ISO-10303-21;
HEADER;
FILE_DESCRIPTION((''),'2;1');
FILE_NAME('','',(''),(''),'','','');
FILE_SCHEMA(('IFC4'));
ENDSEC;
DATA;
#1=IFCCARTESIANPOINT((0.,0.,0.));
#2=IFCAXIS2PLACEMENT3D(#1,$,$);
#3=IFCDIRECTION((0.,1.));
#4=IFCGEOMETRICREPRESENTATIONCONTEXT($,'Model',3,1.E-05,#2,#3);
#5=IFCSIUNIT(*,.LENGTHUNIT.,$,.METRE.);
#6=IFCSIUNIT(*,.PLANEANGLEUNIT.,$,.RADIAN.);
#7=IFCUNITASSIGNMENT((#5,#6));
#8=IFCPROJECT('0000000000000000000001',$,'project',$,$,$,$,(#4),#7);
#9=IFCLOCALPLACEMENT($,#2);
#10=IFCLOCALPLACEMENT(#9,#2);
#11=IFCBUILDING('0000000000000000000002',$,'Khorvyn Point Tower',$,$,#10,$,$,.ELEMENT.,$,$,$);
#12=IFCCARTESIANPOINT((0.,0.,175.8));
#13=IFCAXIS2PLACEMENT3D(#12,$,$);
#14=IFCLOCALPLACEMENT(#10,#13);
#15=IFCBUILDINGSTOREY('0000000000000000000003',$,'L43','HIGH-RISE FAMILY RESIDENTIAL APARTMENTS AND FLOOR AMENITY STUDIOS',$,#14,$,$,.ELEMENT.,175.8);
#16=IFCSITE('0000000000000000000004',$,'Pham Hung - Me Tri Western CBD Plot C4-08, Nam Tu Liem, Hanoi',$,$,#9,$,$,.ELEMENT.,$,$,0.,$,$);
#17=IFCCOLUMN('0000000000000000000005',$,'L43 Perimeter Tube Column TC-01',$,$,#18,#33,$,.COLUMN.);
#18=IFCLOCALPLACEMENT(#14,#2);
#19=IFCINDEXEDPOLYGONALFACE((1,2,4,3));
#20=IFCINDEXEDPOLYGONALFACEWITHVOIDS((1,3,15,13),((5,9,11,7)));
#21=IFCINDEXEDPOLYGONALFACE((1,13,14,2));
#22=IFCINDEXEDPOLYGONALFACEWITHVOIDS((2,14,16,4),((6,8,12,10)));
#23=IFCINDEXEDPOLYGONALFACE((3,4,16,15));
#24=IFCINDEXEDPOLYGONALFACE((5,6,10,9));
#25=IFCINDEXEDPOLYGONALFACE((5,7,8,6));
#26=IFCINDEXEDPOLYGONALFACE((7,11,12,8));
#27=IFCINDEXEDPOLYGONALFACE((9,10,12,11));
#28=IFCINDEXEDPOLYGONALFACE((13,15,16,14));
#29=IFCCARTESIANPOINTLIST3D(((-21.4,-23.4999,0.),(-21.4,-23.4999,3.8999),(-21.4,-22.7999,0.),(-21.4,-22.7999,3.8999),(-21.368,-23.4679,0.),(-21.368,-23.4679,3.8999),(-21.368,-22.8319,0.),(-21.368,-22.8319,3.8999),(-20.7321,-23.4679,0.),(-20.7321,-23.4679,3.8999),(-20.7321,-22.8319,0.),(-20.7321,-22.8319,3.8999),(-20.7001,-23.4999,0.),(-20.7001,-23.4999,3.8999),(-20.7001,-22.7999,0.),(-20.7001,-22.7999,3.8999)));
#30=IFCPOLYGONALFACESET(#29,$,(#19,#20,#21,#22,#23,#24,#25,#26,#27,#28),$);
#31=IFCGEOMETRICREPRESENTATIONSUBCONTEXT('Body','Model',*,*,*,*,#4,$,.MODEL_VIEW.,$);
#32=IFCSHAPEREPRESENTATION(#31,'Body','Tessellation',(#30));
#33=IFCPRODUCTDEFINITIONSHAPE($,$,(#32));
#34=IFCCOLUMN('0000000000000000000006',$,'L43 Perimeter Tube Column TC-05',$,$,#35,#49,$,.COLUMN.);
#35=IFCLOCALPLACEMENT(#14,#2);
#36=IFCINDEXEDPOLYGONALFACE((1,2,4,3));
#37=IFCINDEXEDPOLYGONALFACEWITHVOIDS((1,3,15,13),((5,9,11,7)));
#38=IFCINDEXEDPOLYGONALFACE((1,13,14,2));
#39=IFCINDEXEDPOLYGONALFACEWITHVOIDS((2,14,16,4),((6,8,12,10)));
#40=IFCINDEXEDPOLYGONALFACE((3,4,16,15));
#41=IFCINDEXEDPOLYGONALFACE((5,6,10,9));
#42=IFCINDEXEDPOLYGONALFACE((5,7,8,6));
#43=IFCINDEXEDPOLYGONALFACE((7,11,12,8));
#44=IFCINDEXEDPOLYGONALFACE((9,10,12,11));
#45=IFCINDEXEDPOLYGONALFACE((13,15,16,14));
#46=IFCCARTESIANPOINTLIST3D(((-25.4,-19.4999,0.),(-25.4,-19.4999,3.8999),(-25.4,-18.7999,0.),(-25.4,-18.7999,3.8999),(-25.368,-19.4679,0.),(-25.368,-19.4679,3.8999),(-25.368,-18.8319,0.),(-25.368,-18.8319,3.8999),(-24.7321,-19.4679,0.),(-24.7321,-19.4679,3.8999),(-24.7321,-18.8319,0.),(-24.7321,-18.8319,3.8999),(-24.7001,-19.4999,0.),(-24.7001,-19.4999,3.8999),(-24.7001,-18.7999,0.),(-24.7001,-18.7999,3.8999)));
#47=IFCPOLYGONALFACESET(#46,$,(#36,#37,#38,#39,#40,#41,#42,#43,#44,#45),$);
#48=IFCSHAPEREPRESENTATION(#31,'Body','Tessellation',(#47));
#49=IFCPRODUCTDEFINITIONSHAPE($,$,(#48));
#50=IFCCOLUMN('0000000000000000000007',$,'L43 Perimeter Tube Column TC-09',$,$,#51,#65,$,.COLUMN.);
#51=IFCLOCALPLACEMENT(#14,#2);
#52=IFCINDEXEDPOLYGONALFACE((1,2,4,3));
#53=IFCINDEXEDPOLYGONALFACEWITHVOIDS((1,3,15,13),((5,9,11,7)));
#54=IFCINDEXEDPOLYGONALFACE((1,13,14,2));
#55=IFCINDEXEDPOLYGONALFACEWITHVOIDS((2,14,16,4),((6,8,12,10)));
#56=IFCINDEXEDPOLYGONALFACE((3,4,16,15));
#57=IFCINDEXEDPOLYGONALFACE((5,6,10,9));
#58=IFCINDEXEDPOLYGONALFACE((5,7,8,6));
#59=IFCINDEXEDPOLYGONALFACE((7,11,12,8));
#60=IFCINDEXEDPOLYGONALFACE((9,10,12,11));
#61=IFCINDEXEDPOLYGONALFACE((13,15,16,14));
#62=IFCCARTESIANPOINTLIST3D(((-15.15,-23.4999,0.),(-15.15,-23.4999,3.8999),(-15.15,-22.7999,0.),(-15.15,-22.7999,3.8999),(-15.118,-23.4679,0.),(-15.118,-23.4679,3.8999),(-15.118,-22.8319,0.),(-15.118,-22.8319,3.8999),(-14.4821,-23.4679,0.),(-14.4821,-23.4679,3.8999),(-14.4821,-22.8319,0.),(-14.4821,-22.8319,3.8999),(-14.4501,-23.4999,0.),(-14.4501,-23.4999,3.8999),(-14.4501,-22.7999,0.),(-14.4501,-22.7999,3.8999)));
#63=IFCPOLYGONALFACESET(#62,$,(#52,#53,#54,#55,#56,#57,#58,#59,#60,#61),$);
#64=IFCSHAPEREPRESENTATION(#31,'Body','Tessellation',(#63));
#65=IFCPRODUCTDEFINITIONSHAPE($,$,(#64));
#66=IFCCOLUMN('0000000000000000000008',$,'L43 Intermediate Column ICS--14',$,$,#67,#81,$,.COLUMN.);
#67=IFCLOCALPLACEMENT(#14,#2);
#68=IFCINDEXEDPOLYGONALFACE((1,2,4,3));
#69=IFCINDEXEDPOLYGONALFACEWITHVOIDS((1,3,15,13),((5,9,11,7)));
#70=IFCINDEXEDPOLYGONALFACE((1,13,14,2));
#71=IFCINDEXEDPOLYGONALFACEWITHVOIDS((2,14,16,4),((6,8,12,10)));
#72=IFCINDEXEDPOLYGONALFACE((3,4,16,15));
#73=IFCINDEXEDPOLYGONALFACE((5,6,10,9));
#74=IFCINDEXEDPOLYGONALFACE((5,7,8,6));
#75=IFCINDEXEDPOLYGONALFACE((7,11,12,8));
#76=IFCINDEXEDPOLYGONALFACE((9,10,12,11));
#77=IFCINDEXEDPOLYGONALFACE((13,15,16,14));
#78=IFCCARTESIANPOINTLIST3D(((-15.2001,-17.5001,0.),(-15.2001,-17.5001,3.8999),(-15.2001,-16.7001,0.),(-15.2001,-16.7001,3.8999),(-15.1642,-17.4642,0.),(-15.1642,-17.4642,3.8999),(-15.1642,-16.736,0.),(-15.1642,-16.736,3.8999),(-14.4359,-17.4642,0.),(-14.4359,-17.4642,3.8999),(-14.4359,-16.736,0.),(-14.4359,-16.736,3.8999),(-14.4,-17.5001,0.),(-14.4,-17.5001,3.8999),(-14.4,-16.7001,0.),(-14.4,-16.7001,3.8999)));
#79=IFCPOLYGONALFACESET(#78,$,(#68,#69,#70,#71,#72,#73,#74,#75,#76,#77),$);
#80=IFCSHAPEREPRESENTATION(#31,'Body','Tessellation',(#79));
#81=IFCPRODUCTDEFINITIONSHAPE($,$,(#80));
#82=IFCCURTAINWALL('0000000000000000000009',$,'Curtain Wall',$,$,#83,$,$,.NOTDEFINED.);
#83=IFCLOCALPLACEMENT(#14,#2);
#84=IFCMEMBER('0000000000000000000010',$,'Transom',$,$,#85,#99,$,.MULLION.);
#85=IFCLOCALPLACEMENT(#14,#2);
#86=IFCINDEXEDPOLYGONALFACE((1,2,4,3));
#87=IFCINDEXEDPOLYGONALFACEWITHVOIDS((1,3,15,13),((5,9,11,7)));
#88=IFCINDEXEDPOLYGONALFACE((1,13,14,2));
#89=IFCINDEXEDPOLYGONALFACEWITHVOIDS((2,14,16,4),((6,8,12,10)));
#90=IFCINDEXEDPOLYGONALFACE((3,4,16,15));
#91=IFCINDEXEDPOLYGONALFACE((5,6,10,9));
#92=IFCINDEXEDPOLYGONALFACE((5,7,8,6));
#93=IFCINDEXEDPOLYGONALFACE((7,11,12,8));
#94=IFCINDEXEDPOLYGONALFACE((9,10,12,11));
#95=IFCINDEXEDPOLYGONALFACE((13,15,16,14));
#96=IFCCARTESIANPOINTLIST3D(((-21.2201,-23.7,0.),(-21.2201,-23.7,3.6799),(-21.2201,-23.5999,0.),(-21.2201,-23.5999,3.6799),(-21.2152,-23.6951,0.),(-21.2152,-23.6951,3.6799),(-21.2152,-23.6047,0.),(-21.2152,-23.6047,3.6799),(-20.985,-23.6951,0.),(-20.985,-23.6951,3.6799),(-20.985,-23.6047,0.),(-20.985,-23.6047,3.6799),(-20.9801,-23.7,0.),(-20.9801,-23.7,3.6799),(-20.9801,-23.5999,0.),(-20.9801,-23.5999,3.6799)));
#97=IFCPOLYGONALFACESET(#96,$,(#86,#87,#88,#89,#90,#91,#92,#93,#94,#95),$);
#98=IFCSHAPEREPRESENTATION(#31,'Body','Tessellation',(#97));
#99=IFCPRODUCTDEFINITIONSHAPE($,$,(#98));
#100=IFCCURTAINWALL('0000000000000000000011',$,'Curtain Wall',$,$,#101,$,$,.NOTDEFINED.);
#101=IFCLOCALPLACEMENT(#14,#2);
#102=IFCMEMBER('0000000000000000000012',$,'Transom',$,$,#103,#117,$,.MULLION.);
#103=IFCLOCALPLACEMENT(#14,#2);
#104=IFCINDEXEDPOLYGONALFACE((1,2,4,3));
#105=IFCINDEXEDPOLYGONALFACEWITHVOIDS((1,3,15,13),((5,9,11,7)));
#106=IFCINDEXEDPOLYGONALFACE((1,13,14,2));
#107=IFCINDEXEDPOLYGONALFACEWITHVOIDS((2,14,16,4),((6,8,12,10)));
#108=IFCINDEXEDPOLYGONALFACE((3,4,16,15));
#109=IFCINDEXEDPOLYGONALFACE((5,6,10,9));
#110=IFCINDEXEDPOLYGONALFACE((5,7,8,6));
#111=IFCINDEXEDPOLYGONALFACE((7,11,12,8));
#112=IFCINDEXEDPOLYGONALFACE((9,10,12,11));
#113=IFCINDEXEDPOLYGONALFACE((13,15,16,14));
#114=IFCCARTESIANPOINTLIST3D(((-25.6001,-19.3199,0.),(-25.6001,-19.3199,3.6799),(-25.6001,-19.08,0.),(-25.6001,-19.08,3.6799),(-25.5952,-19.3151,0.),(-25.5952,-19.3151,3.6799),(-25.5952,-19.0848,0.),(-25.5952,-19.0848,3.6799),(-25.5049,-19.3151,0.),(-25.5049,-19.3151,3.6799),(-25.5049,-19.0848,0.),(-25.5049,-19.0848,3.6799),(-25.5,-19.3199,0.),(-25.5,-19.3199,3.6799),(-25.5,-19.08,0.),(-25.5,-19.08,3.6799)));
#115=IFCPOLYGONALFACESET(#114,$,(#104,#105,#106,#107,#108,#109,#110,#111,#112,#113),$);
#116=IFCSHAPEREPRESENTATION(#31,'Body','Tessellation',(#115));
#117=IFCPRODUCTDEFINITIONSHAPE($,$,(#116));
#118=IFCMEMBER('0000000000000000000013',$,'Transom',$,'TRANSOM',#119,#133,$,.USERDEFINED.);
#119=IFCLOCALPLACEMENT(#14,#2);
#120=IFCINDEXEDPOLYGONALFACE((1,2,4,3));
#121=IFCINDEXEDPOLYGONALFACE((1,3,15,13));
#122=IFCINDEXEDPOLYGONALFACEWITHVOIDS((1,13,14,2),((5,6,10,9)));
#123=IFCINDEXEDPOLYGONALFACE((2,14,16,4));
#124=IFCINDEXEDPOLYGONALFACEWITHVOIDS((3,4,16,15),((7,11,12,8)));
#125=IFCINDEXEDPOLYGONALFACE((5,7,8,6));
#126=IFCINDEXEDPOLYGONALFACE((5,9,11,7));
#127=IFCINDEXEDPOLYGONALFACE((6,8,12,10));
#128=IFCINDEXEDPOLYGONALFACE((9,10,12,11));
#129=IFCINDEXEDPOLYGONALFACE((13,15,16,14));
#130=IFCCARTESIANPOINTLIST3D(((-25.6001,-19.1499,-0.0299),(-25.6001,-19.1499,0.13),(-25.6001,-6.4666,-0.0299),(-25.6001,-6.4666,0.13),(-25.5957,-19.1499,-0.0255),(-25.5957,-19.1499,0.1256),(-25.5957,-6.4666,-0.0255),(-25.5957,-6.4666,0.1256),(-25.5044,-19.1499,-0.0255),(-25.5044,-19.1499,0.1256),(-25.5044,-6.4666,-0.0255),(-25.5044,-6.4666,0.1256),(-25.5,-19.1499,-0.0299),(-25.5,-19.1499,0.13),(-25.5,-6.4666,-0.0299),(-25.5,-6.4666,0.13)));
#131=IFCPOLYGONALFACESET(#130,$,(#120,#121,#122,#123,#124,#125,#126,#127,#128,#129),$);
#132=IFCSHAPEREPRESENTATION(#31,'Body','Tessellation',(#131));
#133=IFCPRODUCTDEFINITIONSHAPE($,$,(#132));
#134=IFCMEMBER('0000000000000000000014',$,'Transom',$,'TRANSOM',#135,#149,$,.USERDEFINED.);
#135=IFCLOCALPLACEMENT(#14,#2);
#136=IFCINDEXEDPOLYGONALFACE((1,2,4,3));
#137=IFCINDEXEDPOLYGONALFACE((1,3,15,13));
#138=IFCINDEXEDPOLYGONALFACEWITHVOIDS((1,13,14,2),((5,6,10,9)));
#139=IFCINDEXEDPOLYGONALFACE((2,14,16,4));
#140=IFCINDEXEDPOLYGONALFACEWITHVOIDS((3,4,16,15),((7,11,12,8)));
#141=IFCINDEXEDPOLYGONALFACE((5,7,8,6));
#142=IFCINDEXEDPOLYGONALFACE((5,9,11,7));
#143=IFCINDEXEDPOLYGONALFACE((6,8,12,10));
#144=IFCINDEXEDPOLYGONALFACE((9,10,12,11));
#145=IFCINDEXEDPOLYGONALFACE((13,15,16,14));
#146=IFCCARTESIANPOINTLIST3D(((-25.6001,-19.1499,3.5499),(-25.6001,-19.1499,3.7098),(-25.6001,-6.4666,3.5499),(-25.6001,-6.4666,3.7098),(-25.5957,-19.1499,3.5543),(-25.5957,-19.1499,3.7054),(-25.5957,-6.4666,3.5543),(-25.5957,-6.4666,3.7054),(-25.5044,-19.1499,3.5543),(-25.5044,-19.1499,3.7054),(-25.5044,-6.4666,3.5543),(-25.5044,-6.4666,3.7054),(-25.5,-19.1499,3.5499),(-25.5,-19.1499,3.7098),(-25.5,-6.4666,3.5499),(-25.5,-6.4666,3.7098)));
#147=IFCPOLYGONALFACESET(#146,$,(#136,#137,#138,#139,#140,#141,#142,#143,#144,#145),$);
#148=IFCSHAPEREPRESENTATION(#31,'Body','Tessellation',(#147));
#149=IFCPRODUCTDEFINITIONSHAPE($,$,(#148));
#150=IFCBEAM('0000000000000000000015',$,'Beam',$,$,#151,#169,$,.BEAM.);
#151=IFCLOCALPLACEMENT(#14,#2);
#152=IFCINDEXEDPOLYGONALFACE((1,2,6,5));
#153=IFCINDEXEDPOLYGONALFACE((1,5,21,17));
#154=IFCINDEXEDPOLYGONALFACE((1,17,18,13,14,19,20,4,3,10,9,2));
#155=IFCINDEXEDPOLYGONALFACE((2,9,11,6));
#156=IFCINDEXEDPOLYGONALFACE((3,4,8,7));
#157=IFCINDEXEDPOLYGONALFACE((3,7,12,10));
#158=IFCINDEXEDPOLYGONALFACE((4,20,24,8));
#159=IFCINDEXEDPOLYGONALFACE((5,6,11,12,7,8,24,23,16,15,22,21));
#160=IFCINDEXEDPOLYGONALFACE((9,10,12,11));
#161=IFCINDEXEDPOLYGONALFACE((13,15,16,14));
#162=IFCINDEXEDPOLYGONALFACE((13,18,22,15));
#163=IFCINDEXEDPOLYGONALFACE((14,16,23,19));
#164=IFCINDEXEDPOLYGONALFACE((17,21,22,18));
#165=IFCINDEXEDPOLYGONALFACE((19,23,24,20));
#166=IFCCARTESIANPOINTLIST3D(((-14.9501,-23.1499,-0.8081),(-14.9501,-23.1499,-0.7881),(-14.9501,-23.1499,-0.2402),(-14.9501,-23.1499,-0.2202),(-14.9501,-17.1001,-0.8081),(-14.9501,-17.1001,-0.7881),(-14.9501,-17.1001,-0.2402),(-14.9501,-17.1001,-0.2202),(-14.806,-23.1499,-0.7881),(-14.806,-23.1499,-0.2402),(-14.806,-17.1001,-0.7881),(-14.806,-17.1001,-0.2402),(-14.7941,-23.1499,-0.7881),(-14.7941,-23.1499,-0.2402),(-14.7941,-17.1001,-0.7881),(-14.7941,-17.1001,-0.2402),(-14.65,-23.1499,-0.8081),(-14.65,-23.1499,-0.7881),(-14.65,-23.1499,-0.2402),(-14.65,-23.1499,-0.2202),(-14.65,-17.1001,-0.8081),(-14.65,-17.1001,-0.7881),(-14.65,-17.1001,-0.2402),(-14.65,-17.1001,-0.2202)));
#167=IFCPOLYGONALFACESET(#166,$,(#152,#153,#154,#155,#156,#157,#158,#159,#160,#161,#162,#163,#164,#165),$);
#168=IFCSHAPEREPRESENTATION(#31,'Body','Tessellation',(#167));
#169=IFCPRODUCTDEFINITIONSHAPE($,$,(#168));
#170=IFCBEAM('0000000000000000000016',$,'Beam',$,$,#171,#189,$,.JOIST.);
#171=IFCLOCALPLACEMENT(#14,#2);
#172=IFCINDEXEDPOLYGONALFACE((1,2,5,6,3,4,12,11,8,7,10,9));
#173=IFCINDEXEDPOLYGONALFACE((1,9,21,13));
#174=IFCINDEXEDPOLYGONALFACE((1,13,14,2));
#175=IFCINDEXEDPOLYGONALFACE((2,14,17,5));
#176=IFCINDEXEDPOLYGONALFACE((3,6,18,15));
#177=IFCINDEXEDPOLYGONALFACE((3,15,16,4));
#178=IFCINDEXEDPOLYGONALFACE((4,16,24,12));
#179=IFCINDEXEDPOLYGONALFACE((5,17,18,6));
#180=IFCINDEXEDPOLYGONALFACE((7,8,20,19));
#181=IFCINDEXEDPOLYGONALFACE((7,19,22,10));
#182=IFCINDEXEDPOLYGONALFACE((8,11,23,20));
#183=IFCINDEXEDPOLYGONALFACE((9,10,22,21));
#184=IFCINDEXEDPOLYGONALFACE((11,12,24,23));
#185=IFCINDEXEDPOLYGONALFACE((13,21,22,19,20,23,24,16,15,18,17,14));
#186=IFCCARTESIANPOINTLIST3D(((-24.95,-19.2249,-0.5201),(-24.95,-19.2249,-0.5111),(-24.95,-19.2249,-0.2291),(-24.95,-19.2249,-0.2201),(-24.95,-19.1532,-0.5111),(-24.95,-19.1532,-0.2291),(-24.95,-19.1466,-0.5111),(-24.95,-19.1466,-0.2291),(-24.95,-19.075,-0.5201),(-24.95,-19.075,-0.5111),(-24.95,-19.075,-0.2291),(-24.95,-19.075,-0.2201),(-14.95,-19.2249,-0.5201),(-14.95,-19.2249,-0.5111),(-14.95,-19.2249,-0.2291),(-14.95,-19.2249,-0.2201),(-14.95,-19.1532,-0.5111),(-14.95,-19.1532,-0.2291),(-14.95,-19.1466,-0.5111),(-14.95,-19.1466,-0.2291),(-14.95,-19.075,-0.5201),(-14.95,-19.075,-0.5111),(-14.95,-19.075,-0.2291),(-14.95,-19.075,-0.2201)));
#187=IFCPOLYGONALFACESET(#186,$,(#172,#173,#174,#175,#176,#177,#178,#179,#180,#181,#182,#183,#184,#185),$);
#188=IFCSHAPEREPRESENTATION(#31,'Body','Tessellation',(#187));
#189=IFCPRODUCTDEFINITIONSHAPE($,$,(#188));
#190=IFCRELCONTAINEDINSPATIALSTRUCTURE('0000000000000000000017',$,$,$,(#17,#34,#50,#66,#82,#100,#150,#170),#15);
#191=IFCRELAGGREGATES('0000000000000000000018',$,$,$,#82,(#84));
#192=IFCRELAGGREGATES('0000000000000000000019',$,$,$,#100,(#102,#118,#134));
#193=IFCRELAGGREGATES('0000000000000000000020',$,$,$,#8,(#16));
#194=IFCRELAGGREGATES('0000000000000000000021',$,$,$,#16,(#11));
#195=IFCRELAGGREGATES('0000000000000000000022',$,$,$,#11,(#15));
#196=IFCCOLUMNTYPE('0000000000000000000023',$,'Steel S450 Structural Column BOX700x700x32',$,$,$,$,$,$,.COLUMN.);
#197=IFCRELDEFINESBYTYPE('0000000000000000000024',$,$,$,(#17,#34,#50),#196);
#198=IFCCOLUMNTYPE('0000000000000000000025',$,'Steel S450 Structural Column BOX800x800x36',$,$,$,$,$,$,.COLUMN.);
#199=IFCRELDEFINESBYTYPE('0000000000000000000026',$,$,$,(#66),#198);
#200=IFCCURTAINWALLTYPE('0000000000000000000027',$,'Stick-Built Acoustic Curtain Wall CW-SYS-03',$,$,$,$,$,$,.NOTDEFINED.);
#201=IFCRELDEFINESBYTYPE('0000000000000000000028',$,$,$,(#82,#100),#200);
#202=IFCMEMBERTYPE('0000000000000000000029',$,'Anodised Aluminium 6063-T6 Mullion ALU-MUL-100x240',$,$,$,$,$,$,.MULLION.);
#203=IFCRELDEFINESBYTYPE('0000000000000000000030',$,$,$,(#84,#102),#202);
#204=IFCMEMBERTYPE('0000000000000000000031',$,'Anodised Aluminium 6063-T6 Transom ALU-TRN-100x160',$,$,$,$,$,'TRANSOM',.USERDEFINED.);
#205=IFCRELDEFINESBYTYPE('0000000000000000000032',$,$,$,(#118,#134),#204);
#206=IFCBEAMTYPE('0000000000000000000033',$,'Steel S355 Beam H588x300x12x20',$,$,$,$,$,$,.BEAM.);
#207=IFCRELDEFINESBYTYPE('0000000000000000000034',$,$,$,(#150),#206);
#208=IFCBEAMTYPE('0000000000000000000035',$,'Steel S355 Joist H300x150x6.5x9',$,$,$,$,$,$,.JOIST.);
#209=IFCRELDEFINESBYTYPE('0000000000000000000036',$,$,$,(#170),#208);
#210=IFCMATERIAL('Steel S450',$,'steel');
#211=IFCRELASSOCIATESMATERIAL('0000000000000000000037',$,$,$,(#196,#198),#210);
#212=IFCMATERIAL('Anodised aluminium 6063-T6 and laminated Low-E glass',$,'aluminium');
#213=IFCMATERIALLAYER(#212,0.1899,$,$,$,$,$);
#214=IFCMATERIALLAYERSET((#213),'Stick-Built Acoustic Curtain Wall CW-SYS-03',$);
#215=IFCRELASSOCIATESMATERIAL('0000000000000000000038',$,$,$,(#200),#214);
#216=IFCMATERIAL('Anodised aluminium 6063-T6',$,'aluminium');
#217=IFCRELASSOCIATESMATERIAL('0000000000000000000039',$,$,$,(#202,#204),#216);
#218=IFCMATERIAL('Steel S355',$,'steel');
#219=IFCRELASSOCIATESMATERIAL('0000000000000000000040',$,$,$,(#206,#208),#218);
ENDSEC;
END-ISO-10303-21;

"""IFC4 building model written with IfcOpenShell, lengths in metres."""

from ifc_helpers import new_model, si_unit, direction, frame, origin, origin_2d, place, context, subcontext, project, spatial, hollow_rectangle, i_section, extrude, material, layer, layer_set, material_profile, profile_set, type_object, element, aggregate, save


model = new_model("IFC4")

# Units and contexts
model_context = context("Model", 3, precision=1e-05, world=origin(), true_north=direction((0.0, 1.0)))
body_context = subcontext(model_context, "Body", "Model", "MODEL_VIEW")
ifc_project = project(units=[si_unit("LENGTHUNIT", "METRE"), si_unit("PLANEANGLEUNIT", "RADIAN")], contexts=[model_context])

# Site, building, storey
site_placement = place(None, origin())
site = spatial("IfcSite", under=ifc_project, at=site_placement, Name="Pham Hung - Me Tri Western CBD Plot C4-08, Nam Tu Liem, Hanoi", CompositionType="ELEMENT", RefElevation=0.0)
building_placement = place(site_placement, origin())
building = spatial("IfcBuilding", under=site, at=building_placement, Name="Khorvyn Point Tower", CompositionType="ELEMENT")
storey_placement = place(building_placement, frame((0.0, 0.0, 175.8)))
storey = spatial("IfcBuildingStorey", under=building, at=storey_placement, Name="L43", Description="HIGH-RISE FAMILY RESIDENTIAL APARTMENTS AND FLOOR AMENITY STUDIOS", CompositionType="ELEMENT", Elevation=175.8)

# Columns
ifc_material_1 = material(Name="Steel S450", Category="steel")
ifc_material_profile_1 = material_profile(ifc_material_1, hollow_rectangle(XDim=0.7, YDim=0.7, WallThickness=0.032, at=origin_2d()))
ifc_profile_set_1 = profile_set([ifc_material_profile_1], Name="Steel S450 BOX700x700x32")
column_type_1 = type_object("IfcColumnType", Name="Steel S450 Structural Column BOX700x700x32", PredefinedType="COLUMN", material=ifc_profile_set_1)
for number, where, z_axis, x_axis, name in (
    (1, (-21.05, -23.1499, 0.0), (0.0, 0.0, 1.0), (1.0, 0.0, 0.0), "L43 Perimeter Tube Column TC-01"),
    (2, (-25.05, -19.1499, 0.0), (0.0, 0.0, 1.0), (1.0, 0.0, 0.0), "L43 Perimeter Tube Column TC-05"),
    (3, (-14.8, -23.1499, 0.0), (0.0, 0.0, 1.0), (1.0, 0.0, 0.0), "L43 Perimeter Tube Column TC-09"),
):
    element("IfcColumn", number, at=place(storey_placement, frame(where, z_axis=z_axis, x_axis=x_axis)), inside=storey, type_object=column_type_1, Name=name, PredefinedType="COLUMN", context=body_context, shape_type="SweptSolid", body=[
        extrude(hollow_rectangle(XDim=0.7, YDim=0.7, WallThickness=0.032, at=origin_2d()), origin(), (0.0, 0.0, 1.0), 3.8999),
    ])
ifc_material_profile_2 = material_profile(ifc_material_1, hollow_rectangle(XDim=0.8, YDim=0.8, WallThickness=0.0359, at=origin_2d()))
ifc_profile_set_2 = profile_set([ifc_material_profile_2], Name="Steel S450 BOX800x800x36")
column_type_2 = type_object("IfcColumnType", Name="Steel S450 Structural Column BOX800x800x36", PredefinedType="COLUMN", material=ifc_profile_set_2)
column_placement = place(storey_placement, frame((-14.8, -17.1001, 0.0), z_axis=(0.0, 0.0, 1.0), x_axis=(1.0, 0.0, 0.0)))
element("IfcColumn", 4, at=column_placement, inside=storey, type_object=column_type_2, Name="L43 Intermediate Column ICS--14", PredefinedType="COLUMN", context=body_context, shape_type="SweptSolid", body=[
    extrude(hollow_rectangle(XDim=0.8, YDim=0.8, WallThickness=0.0359, at=origin_2d()), origin(), (0.0, 0.0, 1.0), 3.8999),
])

# Curtain wall, member
ifc_material_2 = material(Name="Anodised aluminium 6063-T6 and laminated Low-E glass", Category="aluminium")
ifc_layer_1 = layer(ifc_material_2, 0.1899)
ifc_layer_set_1 = layer_set([ifc_layer_1], Name="Stick-Built Acoustic Curtain Wall CW-SYS-03")
curtain_wall_type = type_object("IfcCurtainWallType", Name="Stick-Built Acoustic Curtain Wall CW-SYS-03", PredefinedType="NOTDEFINED", material=ifc_layer_set_1)
curtain_wall_1_placement = place(storey_placement, origin())
curtain_wall_1 = element("IfcCurtainWall", 5, at=curtain_wall_1_placement, inside=storey, type_object=curtain_wall_type, Name="Curtain Wall", PredefinedType="NOTDEFINED")
ifc_material_3 = material(Name="Anodised aluminium 6063-T6", Category="aluminium")
ifc_material_profile_3 = material_profile(ifc_material_3, hollow_rectangle(XDim=0.1001, YDim=0.24, WallThickness=0.0049, at=origin_2d()))
ifc_profile_set_3 = profile_set([ifc_material_profile_3], Name="Anodised aluminium 6063-T6 ALU-MUL-100x240")
member_type_1 = type_object("IfcMemberType", Name="Anodised Aluminium 6063-T6 Mullion ALU-MUL-100x240", PredefinedType="MULLION", material=ifc_profile_set_3)
member_1_placement = place(storey_placement, frame((-21.1001, -23.6499, 0.0), z_axis=(0.0, 0.0, 1.0), x_axis=(0.0, -1.0, 0.0)))
member_1 = element("IfcMember", 6, at=member_1_placement, type_object=member_type_1, Name="Transom", PredefinedType="MULLION", context=body_context, shape_type="SweptSolid", body=[
    extrude(hollow_rectangle(XDim=0.1001, YDim=0.24, WallThickness=0.0049, at=origin_2d()), origin(), (0.0, 0.0, 1.0), 3.6799),
])

# Curtain wall, members
curtain_wall_2_placement = place(storey_placement, origin())
curtain_wall_2 = element("IfcCurtainWall", 7, at=curtain_wall_2_placement, inside=storey, type_object=curtain_wall_type, Name="Curtain Wall", PredefinedType="NOTDEFINED")
member_2_placement = place(storey_placement, frame((-25.55, -19.2, 0.0), z_axis=(0.0, 0.0, 1.0), x_axis=(-1.0, 0.0, 0.0)))
member_2 = element("IfcMember", 8, at=member_2_placement, type_object=member_type_1, Name="Transom", PredefinedType="MULLION", context=body_context, shape_type="SweptSolid", body=[
    extrude(hollow_rectangle(XDim=0.1001, YDim=0.24, WallThickness=0.0049, at=origin_2d()), origin(), (0.0, 0.0, 1.0), 3.6799),
])
ifc_material_profile_4 = material_profile(ifc_material_3, hollow_rectangle(XDim=0.1001, YDim=0.1599, WallThickness=0.0044, at=origin_2d()))
ifc_profile_set_4 = profile_set([ifc_material_profile_4], Name="Anodised aluminium 6063-T6 ALU-TRN-100x160")
member_type_2 = type_object("IfcMemberType", Name="Anodised Aluminium 6063-T6 Transom ALU-TRN-100x160", ElementType="TRANSOM", PredefinedType="USERDEFINED", material=ifc_profile_set_4)
member_3_placement = place(storey_placement, frame((-25.55, -19.1499, 0.05), z_axis=(0.0, 1.0, 0.0), x_axis=(-1.0, 0.0, 0.0)))
member_3 = element("IfcMember", 9, at=member_3_placement, type_object=member_type_2, Name="Transom", ObjectType="TRANSOM", PredefinedType="USERDEFINED", context=body_context, shape_type="SweptSolid", body=[
    extrude(hollow_rectangle(XDim=0.1001, YDim=0.1599, WallThickness=0.0044, at=origin_2d()), origin(), (0.0, 0.0, 1.0), 12.6833),
])
member_4_placement = place(storey_placement, frame((-25.55, -19.1499, 3.6299), z_axis=(0.0, 1.0, 0.0), x_axis=(-1.0, 0.0, 0.0)))
member_4 = element("IfcMember", 10, at=member_4_placement, type_object=member_type_2, Name="Transom", ObjectType="TRANSOM", PredefinedType="USERDEFINED", context=body_context, shape_type="SweptSolid", body=[
    extrude(hollow_rectangle(XDim=0.1001, YDim=0.1599, WallThickness=0.0044, at=origin_2d()), origin(), (0.0, 0.0, 1.0), 12.6833),
])

# Beams
ifc_material_4 = material(Name="Steel S355", Category="steel")
ifc_material_profile_5 = material_profile(ifc_material_4, i_section(OverallWidth=0.3, OverallDepth=0.5879, WebThickness=0.012, FlangeThickness=0.02, at=origin_2d()))
ifc_profile_set_5 = profile_set([ifc_material_profile_5], Name="Steel S355 H588x300x12x20")
beam_type_1 = type_object("IfcBeamType", Name="Steel S355 Beam H588x300x12x20", PredefinedType="BEAM", material=ifc_profile_set_5)
beam_1_placement = place(storey_placement, frame((-14.8, -23.1499, -0.5142), z_axis=(0.0, 1.0, 0.0), x_axis=(-1.0, 0.0, 0.0)))
element("IfcBeam", 11, at=beam_1_placement, inside=storey, type_object=beam_type_1, Name="Beam", PredefinedType="BEAM", context=body_context, shape_type="SweptSolid", body=[
    extrude(i_section(OverallWidth=0.3, OverallDepth=0.5879, WebThickness=0.012, FlangeThickness=0.02, at=origin_2d()), origin(), (0.0, 0.0, 1.0), 6.0498),
])
ifc_material_profile_6 = material_profile(ifc_material_4, i_section(OverallWidth=0.1499, OverallDepth=0.3, WebThickness=0.0066, FlangeThickness=0.009, at=origin_2d()))
ifc_profile_set_6 = profile_set([ifc_material_profile_6], Name="Steel S355 H300x150x6.5x9")
beam_type_2 = type_object("IfcBeamType", Name="Steel S355 Joist H300x150x6.5x9", PredefinedType="JOIST", material=ifc_profile_set_6)
beam_2_placement = place(storey_placement, frame((-24.95, -19.1499, -0.3701), z_axis=(1.0, 0.0, 0.0), x_axis=(0.0, 1.0, 0.0)))
element("IfcBeam", 12, at=beam_2_placement, inside=storey, type_object=beam_type_2, Name="Beam", PredefinedType="JOIST", context=body_context, shape_type="SweptSolid", body=[
    extrude(i_section(OverallWidth=0.1499, OverallDepth=0.3, WebThickness=0.0066, FlangeThickness=0.009, at=origin_2d()), origin(), (0.0, 0.0, 1.0), 10.0),
])

aggregate(curtain_wall_1, [member_1])
aggregate(curtain_wall_2, [member_2, member_3, member_4])

save(model, "model.ifc")
